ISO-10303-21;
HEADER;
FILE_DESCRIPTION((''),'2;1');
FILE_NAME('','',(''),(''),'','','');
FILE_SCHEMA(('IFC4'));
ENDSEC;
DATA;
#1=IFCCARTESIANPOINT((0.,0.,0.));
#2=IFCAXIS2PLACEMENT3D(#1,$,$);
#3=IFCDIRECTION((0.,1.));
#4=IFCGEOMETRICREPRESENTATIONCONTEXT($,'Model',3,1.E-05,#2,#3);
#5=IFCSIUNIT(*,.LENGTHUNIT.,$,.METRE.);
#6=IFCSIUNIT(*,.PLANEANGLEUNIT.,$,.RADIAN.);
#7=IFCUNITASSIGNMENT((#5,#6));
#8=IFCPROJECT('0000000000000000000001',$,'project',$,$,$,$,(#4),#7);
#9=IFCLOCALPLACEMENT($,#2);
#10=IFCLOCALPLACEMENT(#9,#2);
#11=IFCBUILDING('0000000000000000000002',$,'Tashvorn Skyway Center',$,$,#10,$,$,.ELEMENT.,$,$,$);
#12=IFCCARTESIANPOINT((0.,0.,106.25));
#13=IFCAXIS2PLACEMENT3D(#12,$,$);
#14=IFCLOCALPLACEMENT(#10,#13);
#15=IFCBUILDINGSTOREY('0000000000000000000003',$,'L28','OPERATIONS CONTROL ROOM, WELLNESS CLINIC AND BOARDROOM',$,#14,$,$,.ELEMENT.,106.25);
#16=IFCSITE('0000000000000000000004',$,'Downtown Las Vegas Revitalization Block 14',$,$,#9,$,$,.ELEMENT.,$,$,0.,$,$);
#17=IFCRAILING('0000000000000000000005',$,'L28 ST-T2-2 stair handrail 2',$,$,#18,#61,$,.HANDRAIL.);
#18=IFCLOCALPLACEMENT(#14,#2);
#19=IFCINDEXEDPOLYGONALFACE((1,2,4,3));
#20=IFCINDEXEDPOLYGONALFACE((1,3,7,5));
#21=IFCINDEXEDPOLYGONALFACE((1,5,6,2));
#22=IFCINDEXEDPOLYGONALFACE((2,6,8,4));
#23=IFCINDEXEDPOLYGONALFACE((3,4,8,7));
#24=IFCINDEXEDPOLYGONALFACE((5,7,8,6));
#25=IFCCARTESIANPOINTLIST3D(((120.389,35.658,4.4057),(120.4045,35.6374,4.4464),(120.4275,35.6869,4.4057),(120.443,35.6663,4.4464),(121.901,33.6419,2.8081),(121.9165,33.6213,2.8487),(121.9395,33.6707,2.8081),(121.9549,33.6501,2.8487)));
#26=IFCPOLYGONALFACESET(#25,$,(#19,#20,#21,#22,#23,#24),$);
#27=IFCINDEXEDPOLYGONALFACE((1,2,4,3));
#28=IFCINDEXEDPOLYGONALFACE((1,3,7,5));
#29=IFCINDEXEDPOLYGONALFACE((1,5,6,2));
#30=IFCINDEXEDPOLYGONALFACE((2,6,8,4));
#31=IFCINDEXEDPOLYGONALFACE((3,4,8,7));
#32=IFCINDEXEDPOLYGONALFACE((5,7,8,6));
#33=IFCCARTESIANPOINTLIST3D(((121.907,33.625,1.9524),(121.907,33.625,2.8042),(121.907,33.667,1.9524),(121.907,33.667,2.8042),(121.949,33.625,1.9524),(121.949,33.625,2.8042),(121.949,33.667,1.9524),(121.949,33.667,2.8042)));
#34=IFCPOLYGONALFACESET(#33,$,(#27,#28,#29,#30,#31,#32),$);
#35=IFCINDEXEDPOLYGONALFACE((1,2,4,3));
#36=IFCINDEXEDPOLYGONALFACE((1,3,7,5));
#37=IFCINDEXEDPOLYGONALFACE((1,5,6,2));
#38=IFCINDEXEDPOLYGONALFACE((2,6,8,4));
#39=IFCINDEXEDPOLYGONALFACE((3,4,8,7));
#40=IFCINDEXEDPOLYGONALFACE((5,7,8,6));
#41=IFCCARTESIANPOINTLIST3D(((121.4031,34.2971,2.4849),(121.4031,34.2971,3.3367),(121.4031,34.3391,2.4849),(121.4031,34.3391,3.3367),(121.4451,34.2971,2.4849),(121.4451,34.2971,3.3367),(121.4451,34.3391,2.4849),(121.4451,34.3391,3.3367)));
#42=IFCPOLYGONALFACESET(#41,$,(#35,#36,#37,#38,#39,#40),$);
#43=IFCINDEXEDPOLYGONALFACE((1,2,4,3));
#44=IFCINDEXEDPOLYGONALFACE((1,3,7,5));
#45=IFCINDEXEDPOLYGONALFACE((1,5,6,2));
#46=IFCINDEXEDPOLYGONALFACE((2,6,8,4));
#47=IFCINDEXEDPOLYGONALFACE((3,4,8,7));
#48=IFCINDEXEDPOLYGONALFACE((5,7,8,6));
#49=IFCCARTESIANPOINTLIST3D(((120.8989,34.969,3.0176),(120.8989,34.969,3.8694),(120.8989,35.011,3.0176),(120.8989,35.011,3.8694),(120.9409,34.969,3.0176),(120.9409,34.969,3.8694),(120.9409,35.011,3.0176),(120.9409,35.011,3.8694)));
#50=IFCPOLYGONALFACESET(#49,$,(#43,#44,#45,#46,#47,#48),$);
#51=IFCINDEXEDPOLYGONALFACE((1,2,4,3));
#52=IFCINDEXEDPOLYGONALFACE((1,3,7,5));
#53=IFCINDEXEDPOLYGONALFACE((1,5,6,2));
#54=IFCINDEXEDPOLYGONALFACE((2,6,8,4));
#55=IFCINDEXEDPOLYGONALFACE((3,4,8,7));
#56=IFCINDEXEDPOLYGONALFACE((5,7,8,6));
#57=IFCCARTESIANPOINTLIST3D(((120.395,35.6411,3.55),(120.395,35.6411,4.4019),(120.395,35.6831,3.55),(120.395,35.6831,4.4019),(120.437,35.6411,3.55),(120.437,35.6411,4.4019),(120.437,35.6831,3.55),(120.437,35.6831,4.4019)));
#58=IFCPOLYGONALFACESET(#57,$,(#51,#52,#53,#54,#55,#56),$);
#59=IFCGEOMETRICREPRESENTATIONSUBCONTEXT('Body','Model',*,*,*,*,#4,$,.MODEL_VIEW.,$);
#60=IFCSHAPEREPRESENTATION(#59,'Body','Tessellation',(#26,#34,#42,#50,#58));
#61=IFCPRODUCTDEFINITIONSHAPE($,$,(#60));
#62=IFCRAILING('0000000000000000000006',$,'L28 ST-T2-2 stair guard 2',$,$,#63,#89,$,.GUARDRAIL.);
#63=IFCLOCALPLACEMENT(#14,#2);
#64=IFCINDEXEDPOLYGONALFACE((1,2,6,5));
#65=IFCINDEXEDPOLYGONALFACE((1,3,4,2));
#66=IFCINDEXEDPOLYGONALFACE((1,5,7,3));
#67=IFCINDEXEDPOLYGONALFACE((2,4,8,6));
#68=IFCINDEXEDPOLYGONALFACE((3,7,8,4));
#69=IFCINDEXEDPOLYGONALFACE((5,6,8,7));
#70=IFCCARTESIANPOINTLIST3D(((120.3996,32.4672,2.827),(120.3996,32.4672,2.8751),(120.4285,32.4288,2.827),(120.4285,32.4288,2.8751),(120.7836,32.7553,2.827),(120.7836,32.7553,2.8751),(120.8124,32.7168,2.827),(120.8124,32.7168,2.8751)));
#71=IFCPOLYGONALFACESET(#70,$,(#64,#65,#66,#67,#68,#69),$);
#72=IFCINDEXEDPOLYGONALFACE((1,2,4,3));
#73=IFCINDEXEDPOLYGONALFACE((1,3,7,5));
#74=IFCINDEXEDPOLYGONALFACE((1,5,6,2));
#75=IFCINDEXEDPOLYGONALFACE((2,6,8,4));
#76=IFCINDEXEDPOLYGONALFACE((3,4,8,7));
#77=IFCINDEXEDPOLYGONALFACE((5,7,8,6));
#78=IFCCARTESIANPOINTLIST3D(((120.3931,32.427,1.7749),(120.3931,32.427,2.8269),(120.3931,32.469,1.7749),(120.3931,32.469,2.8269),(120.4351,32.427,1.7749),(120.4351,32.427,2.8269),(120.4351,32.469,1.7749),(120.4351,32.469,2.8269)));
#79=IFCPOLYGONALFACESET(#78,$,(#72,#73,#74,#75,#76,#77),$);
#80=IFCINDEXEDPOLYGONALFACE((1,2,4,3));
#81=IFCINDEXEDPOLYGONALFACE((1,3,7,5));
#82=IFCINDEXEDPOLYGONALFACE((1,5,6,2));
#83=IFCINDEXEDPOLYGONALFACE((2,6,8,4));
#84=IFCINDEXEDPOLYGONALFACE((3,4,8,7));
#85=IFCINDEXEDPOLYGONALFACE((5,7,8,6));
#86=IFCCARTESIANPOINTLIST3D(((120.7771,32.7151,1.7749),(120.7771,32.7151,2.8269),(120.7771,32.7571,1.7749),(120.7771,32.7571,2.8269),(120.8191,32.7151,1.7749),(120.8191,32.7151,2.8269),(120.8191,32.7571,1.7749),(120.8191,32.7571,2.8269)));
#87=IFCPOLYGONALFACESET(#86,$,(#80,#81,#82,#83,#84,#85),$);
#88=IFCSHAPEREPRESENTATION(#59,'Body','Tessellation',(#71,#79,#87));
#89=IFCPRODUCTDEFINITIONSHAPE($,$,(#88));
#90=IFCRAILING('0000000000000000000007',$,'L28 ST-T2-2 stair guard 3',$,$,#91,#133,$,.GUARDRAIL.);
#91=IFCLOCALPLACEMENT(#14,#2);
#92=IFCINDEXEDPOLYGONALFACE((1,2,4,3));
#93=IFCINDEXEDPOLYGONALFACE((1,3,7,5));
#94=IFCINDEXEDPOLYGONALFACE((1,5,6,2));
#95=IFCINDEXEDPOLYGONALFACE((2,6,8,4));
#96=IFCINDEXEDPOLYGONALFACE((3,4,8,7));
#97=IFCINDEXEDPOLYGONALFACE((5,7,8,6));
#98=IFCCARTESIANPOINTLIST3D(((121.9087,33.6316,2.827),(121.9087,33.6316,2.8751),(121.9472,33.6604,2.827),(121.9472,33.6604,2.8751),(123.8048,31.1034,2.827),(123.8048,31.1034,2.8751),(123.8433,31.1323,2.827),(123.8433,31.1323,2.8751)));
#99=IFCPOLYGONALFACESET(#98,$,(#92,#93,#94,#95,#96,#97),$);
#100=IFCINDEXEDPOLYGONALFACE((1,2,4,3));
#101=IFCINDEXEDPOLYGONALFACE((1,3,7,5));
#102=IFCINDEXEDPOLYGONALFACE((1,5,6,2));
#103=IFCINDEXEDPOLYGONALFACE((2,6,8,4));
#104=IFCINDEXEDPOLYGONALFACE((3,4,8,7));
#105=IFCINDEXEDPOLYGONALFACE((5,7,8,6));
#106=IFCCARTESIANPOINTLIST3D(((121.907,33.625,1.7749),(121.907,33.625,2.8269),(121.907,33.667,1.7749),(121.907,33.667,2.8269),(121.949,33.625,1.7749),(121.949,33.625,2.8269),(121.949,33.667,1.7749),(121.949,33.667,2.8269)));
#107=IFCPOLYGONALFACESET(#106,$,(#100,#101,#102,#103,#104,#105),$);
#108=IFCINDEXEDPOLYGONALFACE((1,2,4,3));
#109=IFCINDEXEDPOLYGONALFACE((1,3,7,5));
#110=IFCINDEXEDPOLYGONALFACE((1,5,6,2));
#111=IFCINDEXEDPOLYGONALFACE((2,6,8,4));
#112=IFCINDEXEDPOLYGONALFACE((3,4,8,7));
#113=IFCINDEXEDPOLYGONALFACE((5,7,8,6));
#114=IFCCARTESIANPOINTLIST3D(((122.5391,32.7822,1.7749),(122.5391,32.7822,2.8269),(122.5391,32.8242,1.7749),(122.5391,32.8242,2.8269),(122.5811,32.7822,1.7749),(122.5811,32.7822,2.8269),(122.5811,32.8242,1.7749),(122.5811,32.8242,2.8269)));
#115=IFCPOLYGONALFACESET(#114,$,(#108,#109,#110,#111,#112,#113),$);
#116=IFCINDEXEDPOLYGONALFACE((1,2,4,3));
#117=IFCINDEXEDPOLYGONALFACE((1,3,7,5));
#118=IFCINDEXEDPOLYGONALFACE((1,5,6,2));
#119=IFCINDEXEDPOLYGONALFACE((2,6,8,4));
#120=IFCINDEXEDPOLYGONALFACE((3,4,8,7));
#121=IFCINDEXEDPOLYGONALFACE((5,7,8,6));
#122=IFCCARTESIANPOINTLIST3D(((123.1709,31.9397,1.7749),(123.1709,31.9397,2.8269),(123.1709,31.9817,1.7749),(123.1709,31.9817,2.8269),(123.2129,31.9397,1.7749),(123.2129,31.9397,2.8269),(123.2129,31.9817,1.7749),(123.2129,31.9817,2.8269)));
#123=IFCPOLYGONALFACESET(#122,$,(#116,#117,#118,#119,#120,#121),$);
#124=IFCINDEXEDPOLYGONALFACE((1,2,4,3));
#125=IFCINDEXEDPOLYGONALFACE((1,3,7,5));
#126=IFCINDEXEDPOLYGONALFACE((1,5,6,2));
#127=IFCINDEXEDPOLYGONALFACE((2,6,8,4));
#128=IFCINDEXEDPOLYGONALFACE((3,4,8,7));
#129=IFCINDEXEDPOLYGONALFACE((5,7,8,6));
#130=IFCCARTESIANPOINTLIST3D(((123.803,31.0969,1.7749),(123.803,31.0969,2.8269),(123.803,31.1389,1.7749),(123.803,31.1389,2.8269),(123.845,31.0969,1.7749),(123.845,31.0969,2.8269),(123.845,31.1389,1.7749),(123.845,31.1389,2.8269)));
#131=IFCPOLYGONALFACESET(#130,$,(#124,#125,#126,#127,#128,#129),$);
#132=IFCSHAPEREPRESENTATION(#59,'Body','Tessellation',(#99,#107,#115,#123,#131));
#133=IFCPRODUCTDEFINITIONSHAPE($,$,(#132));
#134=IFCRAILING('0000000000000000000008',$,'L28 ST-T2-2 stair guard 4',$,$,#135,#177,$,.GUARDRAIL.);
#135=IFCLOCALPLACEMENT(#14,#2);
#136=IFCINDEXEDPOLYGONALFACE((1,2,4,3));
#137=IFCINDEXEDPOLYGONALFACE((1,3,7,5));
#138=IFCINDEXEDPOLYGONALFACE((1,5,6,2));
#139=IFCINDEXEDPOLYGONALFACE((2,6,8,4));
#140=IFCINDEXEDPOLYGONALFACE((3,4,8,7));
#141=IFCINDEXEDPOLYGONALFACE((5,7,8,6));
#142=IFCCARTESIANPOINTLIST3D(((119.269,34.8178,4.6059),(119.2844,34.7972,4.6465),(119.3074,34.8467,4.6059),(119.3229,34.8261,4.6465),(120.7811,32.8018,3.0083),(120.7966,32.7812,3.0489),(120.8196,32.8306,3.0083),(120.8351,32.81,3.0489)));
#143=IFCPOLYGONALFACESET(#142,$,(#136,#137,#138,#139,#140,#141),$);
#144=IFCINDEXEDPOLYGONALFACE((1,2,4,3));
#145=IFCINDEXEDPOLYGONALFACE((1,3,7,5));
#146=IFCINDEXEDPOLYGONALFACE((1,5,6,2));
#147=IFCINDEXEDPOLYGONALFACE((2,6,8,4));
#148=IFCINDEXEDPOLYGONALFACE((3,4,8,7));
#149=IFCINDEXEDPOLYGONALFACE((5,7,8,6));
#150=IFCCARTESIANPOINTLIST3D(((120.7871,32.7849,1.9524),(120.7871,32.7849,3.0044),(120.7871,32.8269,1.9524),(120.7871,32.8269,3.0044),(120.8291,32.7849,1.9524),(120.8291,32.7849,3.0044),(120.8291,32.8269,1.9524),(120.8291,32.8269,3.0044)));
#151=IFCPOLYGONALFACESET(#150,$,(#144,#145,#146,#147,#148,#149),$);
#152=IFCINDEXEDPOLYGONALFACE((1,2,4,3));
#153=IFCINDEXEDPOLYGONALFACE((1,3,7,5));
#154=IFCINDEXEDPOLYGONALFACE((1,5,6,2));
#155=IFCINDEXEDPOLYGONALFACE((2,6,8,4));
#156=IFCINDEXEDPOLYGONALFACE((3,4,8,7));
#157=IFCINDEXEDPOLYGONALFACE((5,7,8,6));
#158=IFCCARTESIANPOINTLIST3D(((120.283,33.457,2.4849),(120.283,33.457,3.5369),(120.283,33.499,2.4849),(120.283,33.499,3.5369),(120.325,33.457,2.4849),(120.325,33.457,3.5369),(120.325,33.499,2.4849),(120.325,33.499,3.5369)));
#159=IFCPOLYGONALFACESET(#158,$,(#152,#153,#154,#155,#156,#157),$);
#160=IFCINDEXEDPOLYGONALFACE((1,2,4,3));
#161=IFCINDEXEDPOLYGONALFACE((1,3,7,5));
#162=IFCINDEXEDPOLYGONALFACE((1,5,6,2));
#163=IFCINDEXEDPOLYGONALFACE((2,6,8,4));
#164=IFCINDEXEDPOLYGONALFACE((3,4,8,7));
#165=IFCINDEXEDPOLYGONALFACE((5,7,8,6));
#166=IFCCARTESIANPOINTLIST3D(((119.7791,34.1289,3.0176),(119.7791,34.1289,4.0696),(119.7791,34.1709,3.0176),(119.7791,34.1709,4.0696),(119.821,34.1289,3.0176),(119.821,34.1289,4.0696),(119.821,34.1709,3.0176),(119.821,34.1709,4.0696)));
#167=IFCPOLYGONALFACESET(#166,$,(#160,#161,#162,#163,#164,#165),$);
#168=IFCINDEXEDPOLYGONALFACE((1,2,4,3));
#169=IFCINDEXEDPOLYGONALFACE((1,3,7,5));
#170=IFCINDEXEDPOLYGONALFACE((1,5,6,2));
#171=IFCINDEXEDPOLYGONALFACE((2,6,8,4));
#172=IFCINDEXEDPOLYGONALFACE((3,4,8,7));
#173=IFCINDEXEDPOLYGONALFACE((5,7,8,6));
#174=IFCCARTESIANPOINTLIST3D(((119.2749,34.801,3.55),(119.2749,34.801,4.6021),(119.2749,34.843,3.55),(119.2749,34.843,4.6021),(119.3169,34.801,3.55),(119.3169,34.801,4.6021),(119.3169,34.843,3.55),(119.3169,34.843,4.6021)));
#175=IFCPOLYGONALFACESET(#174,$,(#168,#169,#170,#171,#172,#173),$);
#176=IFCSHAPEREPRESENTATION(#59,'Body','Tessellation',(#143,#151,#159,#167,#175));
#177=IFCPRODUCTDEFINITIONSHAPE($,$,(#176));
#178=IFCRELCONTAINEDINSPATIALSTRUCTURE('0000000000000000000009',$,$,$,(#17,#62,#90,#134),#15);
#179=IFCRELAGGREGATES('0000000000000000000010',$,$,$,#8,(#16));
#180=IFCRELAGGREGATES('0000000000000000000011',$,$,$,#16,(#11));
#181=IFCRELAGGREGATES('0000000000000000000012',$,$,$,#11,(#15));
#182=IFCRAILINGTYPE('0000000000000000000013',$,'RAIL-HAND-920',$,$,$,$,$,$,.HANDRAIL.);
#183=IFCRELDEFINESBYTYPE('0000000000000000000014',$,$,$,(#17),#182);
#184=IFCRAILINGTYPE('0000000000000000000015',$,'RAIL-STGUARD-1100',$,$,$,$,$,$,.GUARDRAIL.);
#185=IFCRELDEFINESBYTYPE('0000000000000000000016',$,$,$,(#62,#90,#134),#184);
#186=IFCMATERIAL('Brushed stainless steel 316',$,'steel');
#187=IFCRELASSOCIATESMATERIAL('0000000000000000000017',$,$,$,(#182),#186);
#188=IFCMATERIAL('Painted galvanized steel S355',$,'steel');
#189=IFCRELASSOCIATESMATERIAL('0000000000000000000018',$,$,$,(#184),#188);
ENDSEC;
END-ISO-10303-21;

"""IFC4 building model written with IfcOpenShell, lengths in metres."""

from ifc_helpers import new_model, si_unit, direction, frame, origin, origin_2d, place, context, subcontext, project, spatial, rectangle, extrude, material, type_object, element, save


model = new_model("IFC4")

# Units and contexts
model_context = context("Model", 3, precision=1e-05, world=origin(), true_north=direction((0.0, 1.0)))
body_context = subcontext(model_context, "Body", "Model", "MODEL_VIEW")
ifc_project = project(units=[si_unit("LENGTHUNIT", "METRE"), si_unit("PLANEANGLEUNIT", "RADIAN")], contexts=[model_context])

# Site, building, storey
site_placement = place(None, origin())
site = spatial("IfcSite", under=ifc_project, at=site_placement, Name="Downtown Las Vegas Revitalization Block 14", CompositionType="ELEMENT", RefElevation=0.0)
building_placement = place(site_placement, origin())
building = spatial("IfcBuilding", under=site, at=building_placement, Name="Tashvorn Skyway Center", CompositionType="ELEMENT")
storey_placement = place(building_placement, frame((0.0, 0.0, 106.25)))
storey = spatial("IfcBuildingStorey", under=building, at=storey_placement, Name="L28", Description="OPERATIONS CONTROL ROOM, WELLNESS CLINIC AND BOARDROOM", CompositionType="ELEMENT", Elevation=106.25)

# Railings
ifc_material_1 = material(Name="Brushed stainless steel 316", Category="steel")
railing_type_1 = type_object("IfcRailingType", Name="RAIL-HAND-920", PredefinedType="HANDRAIL", material=ifc_material_1)
railing_1_placement = place(storey_placement, frame((121.928, 33.646, 1.9524)))
element("IfcRailing", 1, at=railing_1_placement, inside=storey, type_object=railing_type_1, Name="L28 ST-T2-2 stair handrail 2", PredefinedType="HANDRAIL", context=body_context, shape_type="SweptSolid", body=[
    extrude(rectangle(XDim=0.0481, YDim=0.0481, at=origin_2d()), frame((0.0, 0.0, 0.876), z_axis=(-0.506719, 0.675679, 0.535438), x_axis=(-0.800023, -0.599969, 0.0)), (0.0, 0.0, 1.0), 2.9839),
    extrude(rectangle(XDim=0.042, YDim=0.042, at=origin_2d()), origin(), (0.0, 0.0, 1.0), 0.8518),
    extrude(rectangle(XDim=0.042, YDim=0.042, at=origin_2d()), frame((-0.5039, 0.6721, 0.5325)), (0.0, 0.0, 1.0), 0.8518),
    extrude(rectangle(XDim=0.042, YDim=0.042, at=origin_2d()), frame((-1.0081, 1.344, 1.0652)), (0.0, 0.0, 1.0), 0.8518),
    extrude(rectangle(XDim=0.042, YDim=0.042, at=origin_2d()), frame((-1.512, 2.0161, 1.5977)), (0.0, 0.0, 1.0), 0.8518),
])
ifc_material_2 = material(Name="Painted galvanized steel S355", Category="steel")
railing_type_2 = type_object("IfcRailingType", Name="RAIL-STGUARD-1100", PredefinedType="GUARDRAIL", material=ifc_material_2)
railing_2_placement = place(storey_placement, frame((120.4141, 32.448, 1.7749)))
element("IfcRailing", 2, at=railing_2_placement, inside=storey, type_object=railing_type_2, Name="L28 ST-T2-2 stair guard 2", PredefinedType="GUARDRAIL", context=body_context, shape_type="SweptSolid", body=[
    extrude(rectangle(XDim=0.0481, YDim=0.0481, at=origin_2d()), frame((0.0, 0.0, 1.0762), z_axis=(0.799939, 0.600081, 0.0), x_axis=(-0.600081, 0.799939, 0.0)), (0.0, 0.0, 1.0), 0.48),
    extrude(rectangle(XDim=0.042, YDim=0.042, at=origin_2d()), origin(), (0.0, 0.0, 1.0), 1.052),
    extrude(rectangle(XDim=0.042, YDim=0.042, at=origin_2d()), frame((0.384, 0.2881, 0.0)), (0.0, 0.0, 1.0), 1.052),
])
railing_3_placement = place(storey_placement, frame((121.928, 33.646, 1.7749)))
element("IfcRailing", 3, at=railing_3_placement, inside=storey, type_object=railing_type_2, Name="L28 ST-T2-2 stair guard 3", PredefinedType="GUARDRAIL", context=body_context, shape_type="SweptSolid", body=[
    extrude(rectangle(XDim=0.0481, YDim=0.0481, at=origin_2d()), frame((0.0, 0.0, 1.0762), z_axis=(0.599988, -0.800009, 0.0), x_axis=(0.800009, 0.599988, 0.0)), (0.0, 0.0, 1.0), 3.1602),
    extrude(rectangle(XDim=0.042, YDim=0.042, at=origin_2d()), origin(), (0.0, 0.0, 1.0), 1.052),
    extrude(rectangle(XDim=0.042, YDim=0.042, at=origin_2d()), frame((0.6321, -0.8428, 0.0)), (0.0, 0.0, 1.0), 1.052),
    extrude(rectangle(XDim=0.042, YDim=0.042, at=origin_2d()), frame((1.2639, -1.6853, 0.0)), (0.0, 0.0, 1.0), 1.052),
    extrude(rectangle(XDim=0.042, YDim=0.042, at=origin_2d()), frame((1.896, -2.5281, 0.0)), (0.0, 0.0, 1.0), 1.052),
])
railing_4_placement = place(storey_placement, frame((120.8081, 32.8059, 1.9524)))
element("IfcRailing", 4, at=railing_4_placement, inside=storey, type_object=railing_type_2, Name="L28 ST-T2-2 stair guard 4", PredefinedType="GUARDRAIL", context=body_context, shape_type="SweptSolid", body=[
    extrude(rectangle(XDim=0.0481, YDim=0.0481, at=origin_2d()), frame((0.0, 0.0, 1.0762), z_axis=(-0.506779, 0.675651, 0.535416), x_axis=(-0.799977, -0.600031, 0.0)), (0.0, 0.0, 1.0), 2.9839),
    extrude(rectangle(XDim=0.042, YDim=0.042, at=origin_2d()), origin(), (0.0, 0.0, 1.0), 1.052),
    extrude(rectangle(XDim=0.042, YDim=0.042, at=origin_2d()), frame((-0.5042, 0.6721, 0.5325)), (0.0, 0.0, 1.0), 1.052),
    extrude(rectangle(XDim=0.042, YDim=0.042, at=origin_2d()), frame((-1.0081, 1.344, 1.0652)), (0.0, 0.0, 1.0), 1.052),
    extrude(rectangle(XDim=0.042, YDim=0.042, at=origin_2d()), frame((-1.5122, 2.0161, 1.5977)), (0.0, 0.0, 1.0), 1.052),
])

save(model, "model.ifc")
